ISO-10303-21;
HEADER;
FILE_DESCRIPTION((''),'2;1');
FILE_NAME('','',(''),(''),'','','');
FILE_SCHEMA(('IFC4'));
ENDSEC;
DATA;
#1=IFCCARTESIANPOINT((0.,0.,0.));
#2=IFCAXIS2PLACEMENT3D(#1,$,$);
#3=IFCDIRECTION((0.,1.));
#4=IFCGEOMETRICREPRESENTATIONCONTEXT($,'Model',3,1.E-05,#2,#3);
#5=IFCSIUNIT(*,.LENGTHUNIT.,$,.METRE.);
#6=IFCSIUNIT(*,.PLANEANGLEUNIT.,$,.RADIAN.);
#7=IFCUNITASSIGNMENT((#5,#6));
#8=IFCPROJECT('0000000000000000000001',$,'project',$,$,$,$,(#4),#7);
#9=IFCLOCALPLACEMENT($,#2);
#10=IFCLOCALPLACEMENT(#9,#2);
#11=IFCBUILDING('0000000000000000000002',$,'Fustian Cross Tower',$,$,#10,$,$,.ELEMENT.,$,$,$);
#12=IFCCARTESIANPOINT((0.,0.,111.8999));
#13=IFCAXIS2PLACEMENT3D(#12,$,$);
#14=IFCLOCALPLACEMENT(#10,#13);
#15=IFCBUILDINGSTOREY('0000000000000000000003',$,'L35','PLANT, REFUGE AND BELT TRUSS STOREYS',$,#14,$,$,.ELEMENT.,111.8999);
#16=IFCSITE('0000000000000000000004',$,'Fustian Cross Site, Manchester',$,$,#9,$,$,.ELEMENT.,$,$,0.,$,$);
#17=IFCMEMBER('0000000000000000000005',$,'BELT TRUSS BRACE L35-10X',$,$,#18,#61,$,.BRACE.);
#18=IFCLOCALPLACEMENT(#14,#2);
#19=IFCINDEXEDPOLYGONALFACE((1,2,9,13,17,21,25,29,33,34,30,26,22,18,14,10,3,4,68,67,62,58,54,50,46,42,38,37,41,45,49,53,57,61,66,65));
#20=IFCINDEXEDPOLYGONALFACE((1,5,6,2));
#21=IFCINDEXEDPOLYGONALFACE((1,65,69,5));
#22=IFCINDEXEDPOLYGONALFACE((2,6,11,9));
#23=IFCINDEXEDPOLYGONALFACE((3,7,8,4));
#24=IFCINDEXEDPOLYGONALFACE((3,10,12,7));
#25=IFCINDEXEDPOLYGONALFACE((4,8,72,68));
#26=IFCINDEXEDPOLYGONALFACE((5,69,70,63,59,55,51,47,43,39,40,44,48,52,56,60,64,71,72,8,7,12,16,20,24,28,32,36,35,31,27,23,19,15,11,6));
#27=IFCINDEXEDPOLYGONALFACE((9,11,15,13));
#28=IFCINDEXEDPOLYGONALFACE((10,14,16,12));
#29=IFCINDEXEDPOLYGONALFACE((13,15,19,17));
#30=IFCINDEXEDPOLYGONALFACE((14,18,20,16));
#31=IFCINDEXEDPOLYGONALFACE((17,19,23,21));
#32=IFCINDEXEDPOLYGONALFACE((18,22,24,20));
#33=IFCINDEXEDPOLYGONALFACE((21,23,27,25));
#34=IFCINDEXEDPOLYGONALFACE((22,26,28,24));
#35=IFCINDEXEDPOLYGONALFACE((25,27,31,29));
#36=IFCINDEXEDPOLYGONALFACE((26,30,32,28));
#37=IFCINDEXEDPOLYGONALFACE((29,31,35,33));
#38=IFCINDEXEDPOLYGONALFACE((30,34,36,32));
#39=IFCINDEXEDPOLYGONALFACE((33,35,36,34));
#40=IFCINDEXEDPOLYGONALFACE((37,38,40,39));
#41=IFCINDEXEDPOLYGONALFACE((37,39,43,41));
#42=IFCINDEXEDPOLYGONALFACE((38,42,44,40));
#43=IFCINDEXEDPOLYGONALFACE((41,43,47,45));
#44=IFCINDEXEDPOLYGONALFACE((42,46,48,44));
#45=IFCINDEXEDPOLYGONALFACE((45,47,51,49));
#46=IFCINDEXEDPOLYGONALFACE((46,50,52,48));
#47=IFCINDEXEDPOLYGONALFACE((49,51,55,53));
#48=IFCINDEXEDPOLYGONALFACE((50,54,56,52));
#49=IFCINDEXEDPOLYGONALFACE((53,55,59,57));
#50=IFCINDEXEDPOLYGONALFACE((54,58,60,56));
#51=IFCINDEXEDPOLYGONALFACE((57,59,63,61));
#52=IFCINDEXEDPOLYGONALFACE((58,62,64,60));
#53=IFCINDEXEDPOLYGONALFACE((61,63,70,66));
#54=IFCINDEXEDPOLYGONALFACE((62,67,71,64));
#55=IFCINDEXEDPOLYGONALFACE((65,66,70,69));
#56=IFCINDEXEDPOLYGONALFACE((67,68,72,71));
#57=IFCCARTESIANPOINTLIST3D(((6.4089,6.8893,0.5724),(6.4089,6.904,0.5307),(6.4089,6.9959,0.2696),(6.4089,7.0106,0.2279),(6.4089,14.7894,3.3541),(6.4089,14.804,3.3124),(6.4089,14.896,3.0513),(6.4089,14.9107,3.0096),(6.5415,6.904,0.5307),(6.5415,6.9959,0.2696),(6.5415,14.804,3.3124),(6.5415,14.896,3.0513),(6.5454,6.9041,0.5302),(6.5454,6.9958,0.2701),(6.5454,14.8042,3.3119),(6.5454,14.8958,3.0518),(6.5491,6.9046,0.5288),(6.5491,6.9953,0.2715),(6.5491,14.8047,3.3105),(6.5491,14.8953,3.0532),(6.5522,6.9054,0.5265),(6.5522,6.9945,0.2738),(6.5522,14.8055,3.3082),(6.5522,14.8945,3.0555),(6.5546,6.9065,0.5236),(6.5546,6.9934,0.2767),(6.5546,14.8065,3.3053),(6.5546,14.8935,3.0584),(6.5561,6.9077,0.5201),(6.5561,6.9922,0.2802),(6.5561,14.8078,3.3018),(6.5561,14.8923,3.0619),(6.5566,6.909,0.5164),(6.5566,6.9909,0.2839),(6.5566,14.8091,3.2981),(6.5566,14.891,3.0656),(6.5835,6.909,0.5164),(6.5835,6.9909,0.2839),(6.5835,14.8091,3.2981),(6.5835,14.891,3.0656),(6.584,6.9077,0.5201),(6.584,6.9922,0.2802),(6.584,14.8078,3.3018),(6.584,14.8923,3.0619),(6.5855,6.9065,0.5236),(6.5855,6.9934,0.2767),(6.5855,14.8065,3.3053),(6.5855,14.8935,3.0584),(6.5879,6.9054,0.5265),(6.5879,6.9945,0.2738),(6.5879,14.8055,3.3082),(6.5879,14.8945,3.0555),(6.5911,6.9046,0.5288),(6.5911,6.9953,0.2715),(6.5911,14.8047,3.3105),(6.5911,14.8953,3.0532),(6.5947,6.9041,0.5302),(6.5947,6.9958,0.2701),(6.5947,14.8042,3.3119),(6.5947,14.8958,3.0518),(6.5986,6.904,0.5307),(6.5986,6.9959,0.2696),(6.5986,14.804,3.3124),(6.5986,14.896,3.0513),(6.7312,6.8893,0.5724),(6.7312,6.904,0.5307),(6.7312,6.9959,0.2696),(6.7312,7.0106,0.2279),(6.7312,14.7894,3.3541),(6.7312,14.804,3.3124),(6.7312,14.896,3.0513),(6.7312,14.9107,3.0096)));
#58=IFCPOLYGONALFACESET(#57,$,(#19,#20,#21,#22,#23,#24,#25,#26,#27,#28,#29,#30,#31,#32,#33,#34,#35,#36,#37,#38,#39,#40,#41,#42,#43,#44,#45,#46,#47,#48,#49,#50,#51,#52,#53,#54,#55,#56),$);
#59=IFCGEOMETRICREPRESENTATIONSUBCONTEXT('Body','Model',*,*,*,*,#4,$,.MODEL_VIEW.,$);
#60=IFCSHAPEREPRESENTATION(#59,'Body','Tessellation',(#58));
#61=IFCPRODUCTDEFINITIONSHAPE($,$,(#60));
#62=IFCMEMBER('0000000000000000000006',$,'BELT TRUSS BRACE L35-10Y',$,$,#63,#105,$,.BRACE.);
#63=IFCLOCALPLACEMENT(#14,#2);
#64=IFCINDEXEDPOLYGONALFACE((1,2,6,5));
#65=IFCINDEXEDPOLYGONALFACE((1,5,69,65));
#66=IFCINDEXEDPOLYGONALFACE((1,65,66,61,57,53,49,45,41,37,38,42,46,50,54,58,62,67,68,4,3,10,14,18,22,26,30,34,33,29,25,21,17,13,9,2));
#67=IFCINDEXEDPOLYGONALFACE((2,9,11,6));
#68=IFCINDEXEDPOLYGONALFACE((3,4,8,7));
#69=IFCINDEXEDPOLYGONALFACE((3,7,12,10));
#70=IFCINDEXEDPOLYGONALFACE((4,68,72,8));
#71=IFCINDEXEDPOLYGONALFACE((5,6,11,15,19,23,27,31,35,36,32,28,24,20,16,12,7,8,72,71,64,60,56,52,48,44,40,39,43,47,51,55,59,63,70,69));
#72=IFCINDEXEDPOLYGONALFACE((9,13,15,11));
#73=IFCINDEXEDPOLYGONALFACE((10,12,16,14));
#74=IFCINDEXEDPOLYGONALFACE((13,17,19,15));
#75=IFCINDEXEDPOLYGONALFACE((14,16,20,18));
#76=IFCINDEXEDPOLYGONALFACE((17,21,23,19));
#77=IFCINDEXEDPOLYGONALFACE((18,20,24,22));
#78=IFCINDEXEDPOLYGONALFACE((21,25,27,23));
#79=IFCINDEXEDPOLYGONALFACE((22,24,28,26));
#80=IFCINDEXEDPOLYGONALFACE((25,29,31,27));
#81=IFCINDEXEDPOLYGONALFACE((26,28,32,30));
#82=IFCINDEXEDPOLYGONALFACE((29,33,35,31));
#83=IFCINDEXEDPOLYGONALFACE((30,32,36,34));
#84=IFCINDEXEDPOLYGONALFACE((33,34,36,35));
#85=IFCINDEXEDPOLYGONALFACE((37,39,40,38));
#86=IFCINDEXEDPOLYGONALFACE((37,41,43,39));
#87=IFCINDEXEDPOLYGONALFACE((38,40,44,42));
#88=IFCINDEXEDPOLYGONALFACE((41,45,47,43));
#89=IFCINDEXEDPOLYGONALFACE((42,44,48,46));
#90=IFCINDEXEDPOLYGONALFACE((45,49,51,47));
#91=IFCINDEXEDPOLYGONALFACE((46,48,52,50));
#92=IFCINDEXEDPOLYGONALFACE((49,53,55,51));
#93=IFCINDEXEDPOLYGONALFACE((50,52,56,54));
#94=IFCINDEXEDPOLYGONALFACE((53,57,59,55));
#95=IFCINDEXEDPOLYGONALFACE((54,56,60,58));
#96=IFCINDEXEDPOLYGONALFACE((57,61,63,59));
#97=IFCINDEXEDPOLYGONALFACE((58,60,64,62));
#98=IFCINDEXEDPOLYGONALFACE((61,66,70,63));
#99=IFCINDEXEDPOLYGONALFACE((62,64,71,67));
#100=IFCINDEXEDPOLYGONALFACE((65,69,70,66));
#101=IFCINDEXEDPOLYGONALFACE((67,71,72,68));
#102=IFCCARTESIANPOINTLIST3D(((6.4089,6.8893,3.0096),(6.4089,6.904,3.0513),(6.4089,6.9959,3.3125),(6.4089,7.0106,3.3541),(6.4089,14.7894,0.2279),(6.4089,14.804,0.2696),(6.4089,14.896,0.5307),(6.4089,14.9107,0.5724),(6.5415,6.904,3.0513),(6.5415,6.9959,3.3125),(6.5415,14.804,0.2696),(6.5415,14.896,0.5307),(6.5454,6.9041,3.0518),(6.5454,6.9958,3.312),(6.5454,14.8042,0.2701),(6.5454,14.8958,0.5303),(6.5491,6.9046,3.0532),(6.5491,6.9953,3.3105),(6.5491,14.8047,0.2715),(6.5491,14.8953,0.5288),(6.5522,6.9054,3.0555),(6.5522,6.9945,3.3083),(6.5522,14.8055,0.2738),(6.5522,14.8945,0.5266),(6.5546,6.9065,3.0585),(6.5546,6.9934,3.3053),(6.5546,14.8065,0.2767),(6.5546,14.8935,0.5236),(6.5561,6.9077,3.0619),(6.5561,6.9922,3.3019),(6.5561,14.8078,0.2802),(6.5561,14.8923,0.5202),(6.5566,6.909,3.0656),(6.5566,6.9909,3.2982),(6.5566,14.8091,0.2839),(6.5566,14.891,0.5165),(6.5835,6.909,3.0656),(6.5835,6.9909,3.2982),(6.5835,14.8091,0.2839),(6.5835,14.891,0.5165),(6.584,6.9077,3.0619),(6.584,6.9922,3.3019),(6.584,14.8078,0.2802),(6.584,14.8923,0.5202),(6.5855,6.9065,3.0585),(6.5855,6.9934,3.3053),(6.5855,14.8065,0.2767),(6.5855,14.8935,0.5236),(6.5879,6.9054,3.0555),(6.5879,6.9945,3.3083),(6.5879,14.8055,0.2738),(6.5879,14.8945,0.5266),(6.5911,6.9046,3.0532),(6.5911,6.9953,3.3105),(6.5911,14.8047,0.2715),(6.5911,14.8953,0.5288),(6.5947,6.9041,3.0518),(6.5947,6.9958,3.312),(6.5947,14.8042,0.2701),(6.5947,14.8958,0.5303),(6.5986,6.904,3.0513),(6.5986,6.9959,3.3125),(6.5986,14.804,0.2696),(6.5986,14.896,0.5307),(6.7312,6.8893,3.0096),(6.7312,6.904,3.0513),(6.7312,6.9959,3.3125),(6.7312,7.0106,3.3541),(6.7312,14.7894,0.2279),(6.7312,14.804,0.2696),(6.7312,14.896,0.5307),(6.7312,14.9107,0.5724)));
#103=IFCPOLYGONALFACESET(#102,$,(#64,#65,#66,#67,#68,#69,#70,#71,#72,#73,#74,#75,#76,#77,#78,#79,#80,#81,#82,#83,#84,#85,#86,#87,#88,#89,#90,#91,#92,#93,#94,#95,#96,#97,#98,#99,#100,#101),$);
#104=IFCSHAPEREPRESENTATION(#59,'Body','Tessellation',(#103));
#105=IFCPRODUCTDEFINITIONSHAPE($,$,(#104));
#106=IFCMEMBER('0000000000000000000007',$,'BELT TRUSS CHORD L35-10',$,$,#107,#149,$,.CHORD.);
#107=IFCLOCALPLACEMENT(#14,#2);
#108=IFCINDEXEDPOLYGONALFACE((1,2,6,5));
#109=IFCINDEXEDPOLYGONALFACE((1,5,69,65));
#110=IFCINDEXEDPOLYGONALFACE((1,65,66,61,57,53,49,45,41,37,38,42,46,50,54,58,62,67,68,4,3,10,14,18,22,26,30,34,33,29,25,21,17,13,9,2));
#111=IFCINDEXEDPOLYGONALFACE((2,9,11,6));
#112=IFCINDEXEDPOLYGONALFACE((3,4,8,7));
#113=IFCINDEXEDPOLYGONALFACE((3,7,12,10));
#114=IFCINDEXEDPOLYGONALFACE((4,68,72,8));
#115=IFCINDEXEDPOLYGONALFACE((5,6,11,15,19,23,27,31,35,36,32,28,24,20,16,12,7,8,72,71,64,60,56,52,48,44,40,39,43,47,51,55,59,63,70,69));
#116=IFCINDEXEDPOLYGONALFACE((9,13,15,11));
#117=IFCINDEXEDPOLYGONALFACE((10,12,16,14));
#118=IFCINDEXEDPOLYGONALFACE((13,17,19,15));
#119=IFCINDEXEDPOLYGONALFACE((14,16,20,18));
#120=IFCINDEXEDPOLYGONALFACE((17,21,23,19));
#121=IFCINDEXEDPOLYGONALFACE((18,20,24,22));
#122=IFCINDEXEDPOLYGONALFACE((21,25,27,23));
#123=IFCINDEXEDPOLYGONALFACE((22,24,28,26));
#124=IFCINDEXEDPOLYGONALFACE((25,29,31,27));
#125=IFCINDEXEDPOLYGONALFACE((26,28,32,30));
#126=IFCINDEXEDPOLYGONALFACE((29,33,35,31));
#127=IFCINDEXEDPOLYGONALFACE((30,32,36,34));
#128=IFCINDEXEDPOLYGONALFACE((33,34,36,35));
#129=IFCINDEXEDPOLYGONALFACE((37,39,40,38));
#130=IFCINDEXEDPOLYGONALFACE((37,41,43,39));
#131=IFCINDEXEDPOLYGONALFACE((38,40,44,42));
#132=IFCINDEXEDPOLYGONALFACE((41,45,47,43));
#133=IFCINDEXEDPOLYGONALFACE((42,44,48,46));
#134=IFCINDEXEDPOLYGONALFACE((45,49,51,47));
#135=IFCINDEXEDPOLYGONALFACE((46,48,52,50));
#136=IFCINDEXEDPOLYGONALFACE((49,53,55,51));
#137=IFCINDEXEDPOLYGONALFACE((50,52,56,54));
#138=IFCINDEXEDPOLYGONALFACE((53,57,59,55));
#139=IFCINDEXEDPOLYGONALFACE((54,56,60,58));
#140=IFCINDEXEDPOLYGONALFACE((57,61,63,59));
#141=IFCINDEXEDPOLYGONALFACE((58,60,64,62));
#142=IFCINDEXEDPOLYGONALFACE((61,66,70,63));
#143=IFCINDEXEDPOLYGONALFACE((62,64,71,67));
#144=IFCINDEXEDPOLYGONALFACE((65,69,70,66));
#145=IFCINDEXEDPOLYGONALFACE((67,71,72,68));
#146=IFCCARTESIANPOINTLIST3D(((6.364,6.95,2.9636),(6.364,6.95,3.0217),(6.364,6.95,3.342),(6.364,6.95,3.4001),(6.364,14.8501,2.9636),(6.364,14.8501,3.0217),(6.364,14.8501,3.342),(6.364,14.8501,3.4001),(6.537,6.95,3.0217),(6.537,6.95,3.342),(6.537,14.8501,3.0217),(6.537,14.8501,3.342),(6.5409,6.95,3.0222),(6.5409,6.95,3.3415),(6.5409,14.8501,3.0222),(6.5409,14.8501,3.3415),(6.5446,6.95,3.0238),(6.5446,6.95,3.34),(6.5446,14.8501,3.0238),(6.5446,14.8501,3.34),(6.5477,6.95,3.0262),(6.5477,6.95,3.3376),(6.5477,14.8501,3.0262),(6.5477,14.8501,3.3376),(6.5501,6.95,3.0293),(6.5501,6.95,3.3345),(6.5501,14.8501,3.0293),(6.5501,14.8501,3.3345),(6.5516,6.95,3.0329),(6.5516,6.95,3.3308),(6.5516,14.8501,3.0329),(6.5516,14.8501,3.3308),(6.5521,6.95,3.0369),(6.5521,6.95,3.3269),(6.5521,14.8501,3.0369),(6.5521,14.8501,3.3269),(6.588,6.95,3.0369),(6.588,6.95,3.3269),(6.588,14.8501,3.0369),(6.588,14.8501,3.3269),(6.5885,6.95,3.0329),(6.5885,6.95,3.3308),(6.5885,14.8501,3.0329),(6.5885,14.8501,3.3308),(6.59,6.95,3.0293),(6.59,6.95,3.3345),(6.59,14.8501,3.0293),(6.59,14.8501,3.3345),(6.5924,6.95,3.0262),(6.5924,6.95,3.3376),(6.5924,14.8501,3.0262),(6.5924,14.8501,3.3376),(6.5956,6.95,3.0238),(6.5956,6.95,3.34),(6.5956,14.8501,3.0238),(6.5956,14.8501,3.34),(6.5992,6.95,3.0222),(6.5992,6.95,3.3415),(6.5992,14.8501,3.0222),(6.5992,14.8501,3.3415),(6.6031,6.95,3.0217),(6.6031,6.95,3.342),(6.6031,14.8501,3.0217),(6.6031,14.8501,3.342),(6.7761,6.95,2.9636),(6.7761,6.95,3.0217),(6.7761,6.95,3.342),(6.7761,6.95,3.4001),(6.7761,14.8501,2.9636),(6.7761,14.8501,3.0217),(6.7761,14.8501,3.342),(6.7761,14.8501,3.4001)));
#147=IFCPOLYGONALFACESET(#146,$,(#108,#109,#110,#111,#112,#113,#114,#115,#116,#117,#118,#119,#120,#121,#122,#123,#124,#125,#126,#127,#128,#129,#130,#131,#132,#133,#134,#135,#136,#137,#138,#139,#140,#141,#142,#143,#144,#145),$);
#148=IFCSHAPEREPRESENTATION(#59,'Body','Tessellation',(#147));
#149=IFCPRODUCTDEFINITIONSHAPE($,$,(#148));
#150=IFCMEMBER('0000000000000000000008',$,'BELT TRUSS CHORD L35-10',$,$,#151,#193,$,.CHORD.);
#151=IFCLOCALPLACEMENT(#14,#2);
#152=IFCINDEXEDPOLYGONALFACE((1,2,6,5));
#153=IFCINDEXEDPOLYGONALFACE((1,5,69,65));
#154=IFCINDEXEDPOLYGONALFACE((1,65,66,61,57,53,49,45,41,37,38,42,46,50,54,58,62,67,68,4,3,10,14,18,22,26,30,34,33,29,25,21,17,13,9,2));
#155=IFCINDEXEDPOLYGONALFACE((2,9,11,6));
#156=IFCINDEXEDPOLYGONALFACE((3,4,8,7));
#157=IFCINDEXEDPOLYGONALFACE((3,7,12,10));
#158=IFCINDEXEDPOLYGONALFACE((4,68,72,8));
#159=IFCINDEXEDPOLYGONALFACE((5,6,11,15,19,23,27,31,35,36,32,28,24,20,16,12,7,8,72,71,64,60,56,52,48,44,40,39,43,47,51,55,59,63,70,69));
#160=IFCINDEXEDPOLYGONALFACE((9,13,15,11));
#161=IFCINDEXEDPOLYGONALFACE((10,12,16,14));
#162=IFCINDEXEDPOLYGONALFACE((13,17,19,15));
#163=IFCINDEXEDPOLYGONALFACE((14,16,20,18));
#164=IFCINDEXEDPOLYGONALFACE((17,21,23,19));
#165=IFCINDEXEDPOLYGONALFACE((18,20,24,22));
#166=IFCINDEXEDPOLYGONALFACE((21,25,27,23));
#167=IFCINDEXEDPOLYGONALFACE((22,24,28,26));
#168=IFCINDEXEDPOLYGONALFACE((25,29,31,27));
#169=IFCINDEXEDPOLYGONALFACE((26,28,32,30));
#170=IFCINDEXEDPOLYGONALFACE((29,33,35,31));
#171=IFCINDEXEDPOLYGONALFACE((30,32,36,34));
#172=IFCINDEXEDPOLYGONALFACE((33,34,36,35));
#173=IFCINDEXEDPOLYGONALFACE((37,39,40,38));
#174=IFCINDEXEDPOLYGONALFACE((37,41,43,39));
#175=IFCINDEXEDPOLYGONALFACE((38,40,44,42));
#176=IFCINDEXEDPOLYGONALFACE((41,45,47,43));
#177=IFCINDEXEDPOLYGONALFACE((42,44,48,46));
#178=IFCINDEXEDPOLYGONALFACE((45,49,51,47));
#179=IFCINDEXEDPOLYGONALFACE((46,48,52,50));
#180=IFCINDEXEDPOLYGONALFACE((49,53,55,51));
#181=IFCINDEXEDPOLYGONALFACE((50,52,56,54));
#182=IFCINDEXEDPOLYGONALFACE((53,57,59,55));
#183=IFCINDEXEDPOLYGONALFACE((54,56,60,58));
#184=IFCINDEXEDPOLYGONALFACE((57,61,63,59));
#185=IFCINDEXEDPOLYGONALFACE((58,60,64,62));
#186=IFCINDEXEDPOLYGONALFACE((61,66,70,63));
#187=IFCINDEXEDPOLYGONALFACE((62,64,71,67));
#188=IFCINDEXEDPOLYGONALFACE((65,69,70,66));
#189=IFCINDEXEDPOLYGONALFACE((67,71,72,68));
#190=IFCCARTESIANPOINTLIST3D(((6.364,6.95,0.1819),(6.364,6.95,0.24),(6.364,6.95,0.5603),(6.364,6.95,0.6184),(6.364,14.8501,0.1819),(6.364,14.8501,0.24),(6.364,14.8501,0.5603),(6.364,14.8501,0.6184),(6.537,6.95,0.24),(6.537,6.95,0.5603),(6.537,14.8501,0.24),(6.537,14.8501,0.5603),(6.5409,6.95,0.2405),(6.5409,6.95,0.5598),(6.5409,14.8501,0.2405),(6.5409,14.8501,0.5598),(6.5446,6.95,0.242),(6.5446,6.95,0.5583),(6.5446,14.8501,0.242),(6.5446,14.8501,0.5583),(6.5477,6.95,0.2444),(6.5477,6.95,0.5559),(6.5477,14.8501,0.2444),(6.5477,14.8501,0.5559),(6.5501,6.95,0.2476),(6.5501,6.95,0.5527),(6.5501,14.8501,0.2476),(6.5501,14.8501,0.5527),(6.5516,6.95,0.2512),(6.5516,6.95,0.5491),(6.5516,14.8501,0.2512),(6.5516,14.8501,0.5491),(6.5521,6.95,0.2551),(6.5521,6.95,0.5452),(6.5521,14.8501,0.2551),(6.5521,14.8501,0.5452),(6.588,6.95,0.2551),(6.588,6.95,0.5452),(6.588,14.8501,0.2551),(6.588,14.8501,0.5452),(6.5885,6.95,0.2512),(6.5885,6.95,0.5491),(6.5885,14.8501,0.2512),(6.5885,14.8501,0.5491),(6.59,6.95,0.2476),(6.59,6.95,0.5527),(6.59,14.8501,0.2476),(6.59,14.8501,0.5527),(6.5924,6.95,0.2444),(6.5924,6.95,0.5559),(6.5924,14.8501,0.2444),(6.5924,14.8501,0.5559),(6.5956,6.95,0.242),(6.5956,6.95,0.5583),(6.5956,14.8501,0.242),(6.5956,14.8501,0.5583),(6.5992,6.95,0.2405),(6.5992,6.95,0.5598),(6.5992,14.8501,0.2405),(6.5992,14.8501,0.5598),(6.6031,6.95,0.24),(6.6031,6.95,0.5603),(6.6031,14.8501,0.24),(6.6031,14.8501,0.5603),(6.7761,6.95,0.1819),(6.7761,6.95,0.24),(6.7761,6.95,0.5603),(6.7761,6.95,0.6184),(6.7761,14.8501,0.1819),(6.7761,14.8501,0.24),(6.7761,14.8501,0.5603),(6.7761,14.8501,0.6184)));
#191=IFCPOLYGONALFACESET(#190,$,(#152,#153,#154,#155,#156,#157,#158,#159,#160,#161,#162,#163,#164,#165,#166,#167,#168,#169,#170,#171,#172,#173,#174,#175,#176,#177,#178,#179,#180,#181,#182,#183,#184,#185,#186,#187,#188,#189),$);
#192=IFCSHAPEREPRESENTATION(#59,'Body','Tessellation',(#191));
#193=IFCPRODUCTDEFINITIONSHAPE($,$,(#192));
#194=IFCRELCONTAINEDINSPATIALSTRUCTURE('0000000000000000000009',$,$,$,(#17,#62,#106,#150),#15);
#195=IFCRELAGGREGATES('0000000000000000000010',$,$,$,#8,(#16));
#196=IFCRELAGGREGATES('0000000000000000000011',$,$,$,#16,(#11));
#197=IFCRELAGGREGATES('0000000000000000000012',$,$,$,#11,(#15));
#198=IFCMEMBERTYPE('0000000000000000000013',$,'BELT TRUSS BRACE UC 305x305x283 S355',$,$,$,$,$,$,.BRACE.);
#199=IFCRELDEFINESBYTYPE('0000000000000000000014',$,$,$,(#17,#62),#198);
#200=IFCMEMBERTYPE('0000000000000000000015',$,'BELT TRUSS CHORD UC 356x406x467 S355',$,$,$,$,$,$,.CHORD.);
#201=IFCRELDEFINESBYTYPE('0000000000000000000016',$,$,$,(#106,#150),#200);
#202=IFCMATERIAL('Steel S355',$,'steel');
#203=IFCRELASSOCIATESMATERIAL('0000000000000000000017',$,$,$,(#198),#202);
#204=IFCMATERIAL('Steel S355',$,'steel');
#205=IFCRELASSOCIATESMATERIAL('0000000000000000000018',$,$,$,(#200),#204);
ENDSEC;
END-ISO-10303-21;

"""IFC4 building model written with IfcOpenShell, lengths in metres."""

from ifc_helpers import new_model, si_unit, direction, frame, origin, origin_2d, place, context, subcontext, project, spatial, i_section, extrude, material, material_profile, profile_set, type_object, element, save


model = new_model("IFC4")

# Units and contexts
model_context = context("Model", 3, precision=1e-05, world=origin(), true_north=direction((0.0, 1.0)))
body_context = subcontext(model_context, "Body", "Model", "MODEL_VIEW")
ifc_project = project(units=[si_unit("LENGTHUNIT", "METRE"), si_unit("PLANEANGLEUNIT", "RADIAN")], contexts=[model_context])

# Site, building, storey
site_placement = place(None, origin())
site = spatial("IfcSite", under=ifc_project, at=site_placement, Name="Fustian Cross Site, Manchester", CompositionType="ELEMENT", RefElevation=0.0)
building_placement = place(site_placement, origin())
building = spatial("IfcBuilding", under=site, at=building_placement, Name="Fustian Cross Tower", CompositionType="ELEMENT")
storey_placement = place(building_placement, frame((0.0, 0.0, 111.8999)))
storey = spatial("IfcBuildingStorey", under=building, at=storey_placement, Name="L35", Description="PLANT, REFUGE AND BELT TRUSS STOREYS", CompositionType="ELEMENT", Elevation=111.8999)

# Members
ifc_material_1 = material(Name="Steel S355", Category="steel")
ifc_material_profile_1 = material_profile(ifc_material_1, i_section(OverallWidth=0.3223, OverallDepth=0.3652, WebThickness=0.0269, FlangeThickness=0.0442, FilletRadius=0.0151, at=origin_2d()), Name="UC 305x305x283")
ifc_profile_set_1 = profile_set([ifc_material_profile_1], Name="Steel S355")
member_type_1 = type_object("IfcMemberType", Name="BELT TRUSS BRACE UC 305x305x283 S355", PredefinedType="BRACE", material=ifc_profile_set_1)
for number, where, z_axis, x_axis, name in (
    (1, (6.5701, 6.95, 0.4001), (0.0, 0.943235, 0.332125), (-1.0, 0.0, 0.0), "BELT TRUSS BRACE L35-10X"),
    (2, (6.5701, 6.95, 3.1819), (0.0, 0.943235, -0.332125), (-1.0, 0.0, 0.0), "BELT TRUSS BRACE L35-10Y"),
):
    element("IfcMember", number, at=place(storey_placement, frame(where, z_axis=z_axis, x_axis=x_axis)), inside=storey, type_object=member_type_1, Name=name, PredefinedType="BRACE", context=body_context, shape_type="SweptSolid", body=[
        extrude(i_section(OverallWidth=0.3223, OverallDepth=0.3652, WebThickness=0.0269, FlangeThickness=0.0442, FilletRadius=0.0151, at=origin_2d()), origin(), (0.0, 0.0, 1.0), 8.3755),
    ])
ifc_material_2 = material(Name="Steel S355", Category="steel")
ifc_material_profile_2 = material_profile(ifc_material_2, i_section(OverallWidth=0.4121, OverallDepth=0.4365, WebThickness=0.0359, FlangeThickness=0.0581, FilletRadius=0.0151, at=origin_2d()), Name="UC 356x406x467")
ifc_profile_set_2 = profile_set([ifc_material_profile_2], Name="Steel S355")
member_type_2 = type_object("IfcMemberType", Name="BELT TRUSS CHORD UC 356x406x467 S355", PredefinedType="CHORD", material=ifc_profile_set_2)
for number, where, z_axis, x_axis, name in (
    (3, (6.5701, 6.95, 3.1819), (0.0, 1.0, 0.0), (-1.0, 0.0, 0.0), "BELT TRUSS CHORD L35-10"),
    (4, (6.5701, 6.95, 0.4001), (0.0, 1.0, 0.0), (-1.0, 0.0, 0.0), "BELT TRUSS CHORD L35-10"),
):
    element("IfcMember", number, at=place(storey_placement, frame(where, z_axis=z_axis, x_axis=x_axis)), inside=storey, type_object=member_type_2, Name=name, PredefinedType="CHORD", context=body_context, shape_type="SweptSolid", body=[
        extrude(i_section(OverallWidth=0.4121, OverallDepth=0.4365, WebThickness=0.0359, FlangeThickness=0.0581, FilletRadius=0.0151, at=origin_2d()), origin(), (0.0, 0.0, 1.0), 7.9001),
    ])

save(model, "model.ifc")
